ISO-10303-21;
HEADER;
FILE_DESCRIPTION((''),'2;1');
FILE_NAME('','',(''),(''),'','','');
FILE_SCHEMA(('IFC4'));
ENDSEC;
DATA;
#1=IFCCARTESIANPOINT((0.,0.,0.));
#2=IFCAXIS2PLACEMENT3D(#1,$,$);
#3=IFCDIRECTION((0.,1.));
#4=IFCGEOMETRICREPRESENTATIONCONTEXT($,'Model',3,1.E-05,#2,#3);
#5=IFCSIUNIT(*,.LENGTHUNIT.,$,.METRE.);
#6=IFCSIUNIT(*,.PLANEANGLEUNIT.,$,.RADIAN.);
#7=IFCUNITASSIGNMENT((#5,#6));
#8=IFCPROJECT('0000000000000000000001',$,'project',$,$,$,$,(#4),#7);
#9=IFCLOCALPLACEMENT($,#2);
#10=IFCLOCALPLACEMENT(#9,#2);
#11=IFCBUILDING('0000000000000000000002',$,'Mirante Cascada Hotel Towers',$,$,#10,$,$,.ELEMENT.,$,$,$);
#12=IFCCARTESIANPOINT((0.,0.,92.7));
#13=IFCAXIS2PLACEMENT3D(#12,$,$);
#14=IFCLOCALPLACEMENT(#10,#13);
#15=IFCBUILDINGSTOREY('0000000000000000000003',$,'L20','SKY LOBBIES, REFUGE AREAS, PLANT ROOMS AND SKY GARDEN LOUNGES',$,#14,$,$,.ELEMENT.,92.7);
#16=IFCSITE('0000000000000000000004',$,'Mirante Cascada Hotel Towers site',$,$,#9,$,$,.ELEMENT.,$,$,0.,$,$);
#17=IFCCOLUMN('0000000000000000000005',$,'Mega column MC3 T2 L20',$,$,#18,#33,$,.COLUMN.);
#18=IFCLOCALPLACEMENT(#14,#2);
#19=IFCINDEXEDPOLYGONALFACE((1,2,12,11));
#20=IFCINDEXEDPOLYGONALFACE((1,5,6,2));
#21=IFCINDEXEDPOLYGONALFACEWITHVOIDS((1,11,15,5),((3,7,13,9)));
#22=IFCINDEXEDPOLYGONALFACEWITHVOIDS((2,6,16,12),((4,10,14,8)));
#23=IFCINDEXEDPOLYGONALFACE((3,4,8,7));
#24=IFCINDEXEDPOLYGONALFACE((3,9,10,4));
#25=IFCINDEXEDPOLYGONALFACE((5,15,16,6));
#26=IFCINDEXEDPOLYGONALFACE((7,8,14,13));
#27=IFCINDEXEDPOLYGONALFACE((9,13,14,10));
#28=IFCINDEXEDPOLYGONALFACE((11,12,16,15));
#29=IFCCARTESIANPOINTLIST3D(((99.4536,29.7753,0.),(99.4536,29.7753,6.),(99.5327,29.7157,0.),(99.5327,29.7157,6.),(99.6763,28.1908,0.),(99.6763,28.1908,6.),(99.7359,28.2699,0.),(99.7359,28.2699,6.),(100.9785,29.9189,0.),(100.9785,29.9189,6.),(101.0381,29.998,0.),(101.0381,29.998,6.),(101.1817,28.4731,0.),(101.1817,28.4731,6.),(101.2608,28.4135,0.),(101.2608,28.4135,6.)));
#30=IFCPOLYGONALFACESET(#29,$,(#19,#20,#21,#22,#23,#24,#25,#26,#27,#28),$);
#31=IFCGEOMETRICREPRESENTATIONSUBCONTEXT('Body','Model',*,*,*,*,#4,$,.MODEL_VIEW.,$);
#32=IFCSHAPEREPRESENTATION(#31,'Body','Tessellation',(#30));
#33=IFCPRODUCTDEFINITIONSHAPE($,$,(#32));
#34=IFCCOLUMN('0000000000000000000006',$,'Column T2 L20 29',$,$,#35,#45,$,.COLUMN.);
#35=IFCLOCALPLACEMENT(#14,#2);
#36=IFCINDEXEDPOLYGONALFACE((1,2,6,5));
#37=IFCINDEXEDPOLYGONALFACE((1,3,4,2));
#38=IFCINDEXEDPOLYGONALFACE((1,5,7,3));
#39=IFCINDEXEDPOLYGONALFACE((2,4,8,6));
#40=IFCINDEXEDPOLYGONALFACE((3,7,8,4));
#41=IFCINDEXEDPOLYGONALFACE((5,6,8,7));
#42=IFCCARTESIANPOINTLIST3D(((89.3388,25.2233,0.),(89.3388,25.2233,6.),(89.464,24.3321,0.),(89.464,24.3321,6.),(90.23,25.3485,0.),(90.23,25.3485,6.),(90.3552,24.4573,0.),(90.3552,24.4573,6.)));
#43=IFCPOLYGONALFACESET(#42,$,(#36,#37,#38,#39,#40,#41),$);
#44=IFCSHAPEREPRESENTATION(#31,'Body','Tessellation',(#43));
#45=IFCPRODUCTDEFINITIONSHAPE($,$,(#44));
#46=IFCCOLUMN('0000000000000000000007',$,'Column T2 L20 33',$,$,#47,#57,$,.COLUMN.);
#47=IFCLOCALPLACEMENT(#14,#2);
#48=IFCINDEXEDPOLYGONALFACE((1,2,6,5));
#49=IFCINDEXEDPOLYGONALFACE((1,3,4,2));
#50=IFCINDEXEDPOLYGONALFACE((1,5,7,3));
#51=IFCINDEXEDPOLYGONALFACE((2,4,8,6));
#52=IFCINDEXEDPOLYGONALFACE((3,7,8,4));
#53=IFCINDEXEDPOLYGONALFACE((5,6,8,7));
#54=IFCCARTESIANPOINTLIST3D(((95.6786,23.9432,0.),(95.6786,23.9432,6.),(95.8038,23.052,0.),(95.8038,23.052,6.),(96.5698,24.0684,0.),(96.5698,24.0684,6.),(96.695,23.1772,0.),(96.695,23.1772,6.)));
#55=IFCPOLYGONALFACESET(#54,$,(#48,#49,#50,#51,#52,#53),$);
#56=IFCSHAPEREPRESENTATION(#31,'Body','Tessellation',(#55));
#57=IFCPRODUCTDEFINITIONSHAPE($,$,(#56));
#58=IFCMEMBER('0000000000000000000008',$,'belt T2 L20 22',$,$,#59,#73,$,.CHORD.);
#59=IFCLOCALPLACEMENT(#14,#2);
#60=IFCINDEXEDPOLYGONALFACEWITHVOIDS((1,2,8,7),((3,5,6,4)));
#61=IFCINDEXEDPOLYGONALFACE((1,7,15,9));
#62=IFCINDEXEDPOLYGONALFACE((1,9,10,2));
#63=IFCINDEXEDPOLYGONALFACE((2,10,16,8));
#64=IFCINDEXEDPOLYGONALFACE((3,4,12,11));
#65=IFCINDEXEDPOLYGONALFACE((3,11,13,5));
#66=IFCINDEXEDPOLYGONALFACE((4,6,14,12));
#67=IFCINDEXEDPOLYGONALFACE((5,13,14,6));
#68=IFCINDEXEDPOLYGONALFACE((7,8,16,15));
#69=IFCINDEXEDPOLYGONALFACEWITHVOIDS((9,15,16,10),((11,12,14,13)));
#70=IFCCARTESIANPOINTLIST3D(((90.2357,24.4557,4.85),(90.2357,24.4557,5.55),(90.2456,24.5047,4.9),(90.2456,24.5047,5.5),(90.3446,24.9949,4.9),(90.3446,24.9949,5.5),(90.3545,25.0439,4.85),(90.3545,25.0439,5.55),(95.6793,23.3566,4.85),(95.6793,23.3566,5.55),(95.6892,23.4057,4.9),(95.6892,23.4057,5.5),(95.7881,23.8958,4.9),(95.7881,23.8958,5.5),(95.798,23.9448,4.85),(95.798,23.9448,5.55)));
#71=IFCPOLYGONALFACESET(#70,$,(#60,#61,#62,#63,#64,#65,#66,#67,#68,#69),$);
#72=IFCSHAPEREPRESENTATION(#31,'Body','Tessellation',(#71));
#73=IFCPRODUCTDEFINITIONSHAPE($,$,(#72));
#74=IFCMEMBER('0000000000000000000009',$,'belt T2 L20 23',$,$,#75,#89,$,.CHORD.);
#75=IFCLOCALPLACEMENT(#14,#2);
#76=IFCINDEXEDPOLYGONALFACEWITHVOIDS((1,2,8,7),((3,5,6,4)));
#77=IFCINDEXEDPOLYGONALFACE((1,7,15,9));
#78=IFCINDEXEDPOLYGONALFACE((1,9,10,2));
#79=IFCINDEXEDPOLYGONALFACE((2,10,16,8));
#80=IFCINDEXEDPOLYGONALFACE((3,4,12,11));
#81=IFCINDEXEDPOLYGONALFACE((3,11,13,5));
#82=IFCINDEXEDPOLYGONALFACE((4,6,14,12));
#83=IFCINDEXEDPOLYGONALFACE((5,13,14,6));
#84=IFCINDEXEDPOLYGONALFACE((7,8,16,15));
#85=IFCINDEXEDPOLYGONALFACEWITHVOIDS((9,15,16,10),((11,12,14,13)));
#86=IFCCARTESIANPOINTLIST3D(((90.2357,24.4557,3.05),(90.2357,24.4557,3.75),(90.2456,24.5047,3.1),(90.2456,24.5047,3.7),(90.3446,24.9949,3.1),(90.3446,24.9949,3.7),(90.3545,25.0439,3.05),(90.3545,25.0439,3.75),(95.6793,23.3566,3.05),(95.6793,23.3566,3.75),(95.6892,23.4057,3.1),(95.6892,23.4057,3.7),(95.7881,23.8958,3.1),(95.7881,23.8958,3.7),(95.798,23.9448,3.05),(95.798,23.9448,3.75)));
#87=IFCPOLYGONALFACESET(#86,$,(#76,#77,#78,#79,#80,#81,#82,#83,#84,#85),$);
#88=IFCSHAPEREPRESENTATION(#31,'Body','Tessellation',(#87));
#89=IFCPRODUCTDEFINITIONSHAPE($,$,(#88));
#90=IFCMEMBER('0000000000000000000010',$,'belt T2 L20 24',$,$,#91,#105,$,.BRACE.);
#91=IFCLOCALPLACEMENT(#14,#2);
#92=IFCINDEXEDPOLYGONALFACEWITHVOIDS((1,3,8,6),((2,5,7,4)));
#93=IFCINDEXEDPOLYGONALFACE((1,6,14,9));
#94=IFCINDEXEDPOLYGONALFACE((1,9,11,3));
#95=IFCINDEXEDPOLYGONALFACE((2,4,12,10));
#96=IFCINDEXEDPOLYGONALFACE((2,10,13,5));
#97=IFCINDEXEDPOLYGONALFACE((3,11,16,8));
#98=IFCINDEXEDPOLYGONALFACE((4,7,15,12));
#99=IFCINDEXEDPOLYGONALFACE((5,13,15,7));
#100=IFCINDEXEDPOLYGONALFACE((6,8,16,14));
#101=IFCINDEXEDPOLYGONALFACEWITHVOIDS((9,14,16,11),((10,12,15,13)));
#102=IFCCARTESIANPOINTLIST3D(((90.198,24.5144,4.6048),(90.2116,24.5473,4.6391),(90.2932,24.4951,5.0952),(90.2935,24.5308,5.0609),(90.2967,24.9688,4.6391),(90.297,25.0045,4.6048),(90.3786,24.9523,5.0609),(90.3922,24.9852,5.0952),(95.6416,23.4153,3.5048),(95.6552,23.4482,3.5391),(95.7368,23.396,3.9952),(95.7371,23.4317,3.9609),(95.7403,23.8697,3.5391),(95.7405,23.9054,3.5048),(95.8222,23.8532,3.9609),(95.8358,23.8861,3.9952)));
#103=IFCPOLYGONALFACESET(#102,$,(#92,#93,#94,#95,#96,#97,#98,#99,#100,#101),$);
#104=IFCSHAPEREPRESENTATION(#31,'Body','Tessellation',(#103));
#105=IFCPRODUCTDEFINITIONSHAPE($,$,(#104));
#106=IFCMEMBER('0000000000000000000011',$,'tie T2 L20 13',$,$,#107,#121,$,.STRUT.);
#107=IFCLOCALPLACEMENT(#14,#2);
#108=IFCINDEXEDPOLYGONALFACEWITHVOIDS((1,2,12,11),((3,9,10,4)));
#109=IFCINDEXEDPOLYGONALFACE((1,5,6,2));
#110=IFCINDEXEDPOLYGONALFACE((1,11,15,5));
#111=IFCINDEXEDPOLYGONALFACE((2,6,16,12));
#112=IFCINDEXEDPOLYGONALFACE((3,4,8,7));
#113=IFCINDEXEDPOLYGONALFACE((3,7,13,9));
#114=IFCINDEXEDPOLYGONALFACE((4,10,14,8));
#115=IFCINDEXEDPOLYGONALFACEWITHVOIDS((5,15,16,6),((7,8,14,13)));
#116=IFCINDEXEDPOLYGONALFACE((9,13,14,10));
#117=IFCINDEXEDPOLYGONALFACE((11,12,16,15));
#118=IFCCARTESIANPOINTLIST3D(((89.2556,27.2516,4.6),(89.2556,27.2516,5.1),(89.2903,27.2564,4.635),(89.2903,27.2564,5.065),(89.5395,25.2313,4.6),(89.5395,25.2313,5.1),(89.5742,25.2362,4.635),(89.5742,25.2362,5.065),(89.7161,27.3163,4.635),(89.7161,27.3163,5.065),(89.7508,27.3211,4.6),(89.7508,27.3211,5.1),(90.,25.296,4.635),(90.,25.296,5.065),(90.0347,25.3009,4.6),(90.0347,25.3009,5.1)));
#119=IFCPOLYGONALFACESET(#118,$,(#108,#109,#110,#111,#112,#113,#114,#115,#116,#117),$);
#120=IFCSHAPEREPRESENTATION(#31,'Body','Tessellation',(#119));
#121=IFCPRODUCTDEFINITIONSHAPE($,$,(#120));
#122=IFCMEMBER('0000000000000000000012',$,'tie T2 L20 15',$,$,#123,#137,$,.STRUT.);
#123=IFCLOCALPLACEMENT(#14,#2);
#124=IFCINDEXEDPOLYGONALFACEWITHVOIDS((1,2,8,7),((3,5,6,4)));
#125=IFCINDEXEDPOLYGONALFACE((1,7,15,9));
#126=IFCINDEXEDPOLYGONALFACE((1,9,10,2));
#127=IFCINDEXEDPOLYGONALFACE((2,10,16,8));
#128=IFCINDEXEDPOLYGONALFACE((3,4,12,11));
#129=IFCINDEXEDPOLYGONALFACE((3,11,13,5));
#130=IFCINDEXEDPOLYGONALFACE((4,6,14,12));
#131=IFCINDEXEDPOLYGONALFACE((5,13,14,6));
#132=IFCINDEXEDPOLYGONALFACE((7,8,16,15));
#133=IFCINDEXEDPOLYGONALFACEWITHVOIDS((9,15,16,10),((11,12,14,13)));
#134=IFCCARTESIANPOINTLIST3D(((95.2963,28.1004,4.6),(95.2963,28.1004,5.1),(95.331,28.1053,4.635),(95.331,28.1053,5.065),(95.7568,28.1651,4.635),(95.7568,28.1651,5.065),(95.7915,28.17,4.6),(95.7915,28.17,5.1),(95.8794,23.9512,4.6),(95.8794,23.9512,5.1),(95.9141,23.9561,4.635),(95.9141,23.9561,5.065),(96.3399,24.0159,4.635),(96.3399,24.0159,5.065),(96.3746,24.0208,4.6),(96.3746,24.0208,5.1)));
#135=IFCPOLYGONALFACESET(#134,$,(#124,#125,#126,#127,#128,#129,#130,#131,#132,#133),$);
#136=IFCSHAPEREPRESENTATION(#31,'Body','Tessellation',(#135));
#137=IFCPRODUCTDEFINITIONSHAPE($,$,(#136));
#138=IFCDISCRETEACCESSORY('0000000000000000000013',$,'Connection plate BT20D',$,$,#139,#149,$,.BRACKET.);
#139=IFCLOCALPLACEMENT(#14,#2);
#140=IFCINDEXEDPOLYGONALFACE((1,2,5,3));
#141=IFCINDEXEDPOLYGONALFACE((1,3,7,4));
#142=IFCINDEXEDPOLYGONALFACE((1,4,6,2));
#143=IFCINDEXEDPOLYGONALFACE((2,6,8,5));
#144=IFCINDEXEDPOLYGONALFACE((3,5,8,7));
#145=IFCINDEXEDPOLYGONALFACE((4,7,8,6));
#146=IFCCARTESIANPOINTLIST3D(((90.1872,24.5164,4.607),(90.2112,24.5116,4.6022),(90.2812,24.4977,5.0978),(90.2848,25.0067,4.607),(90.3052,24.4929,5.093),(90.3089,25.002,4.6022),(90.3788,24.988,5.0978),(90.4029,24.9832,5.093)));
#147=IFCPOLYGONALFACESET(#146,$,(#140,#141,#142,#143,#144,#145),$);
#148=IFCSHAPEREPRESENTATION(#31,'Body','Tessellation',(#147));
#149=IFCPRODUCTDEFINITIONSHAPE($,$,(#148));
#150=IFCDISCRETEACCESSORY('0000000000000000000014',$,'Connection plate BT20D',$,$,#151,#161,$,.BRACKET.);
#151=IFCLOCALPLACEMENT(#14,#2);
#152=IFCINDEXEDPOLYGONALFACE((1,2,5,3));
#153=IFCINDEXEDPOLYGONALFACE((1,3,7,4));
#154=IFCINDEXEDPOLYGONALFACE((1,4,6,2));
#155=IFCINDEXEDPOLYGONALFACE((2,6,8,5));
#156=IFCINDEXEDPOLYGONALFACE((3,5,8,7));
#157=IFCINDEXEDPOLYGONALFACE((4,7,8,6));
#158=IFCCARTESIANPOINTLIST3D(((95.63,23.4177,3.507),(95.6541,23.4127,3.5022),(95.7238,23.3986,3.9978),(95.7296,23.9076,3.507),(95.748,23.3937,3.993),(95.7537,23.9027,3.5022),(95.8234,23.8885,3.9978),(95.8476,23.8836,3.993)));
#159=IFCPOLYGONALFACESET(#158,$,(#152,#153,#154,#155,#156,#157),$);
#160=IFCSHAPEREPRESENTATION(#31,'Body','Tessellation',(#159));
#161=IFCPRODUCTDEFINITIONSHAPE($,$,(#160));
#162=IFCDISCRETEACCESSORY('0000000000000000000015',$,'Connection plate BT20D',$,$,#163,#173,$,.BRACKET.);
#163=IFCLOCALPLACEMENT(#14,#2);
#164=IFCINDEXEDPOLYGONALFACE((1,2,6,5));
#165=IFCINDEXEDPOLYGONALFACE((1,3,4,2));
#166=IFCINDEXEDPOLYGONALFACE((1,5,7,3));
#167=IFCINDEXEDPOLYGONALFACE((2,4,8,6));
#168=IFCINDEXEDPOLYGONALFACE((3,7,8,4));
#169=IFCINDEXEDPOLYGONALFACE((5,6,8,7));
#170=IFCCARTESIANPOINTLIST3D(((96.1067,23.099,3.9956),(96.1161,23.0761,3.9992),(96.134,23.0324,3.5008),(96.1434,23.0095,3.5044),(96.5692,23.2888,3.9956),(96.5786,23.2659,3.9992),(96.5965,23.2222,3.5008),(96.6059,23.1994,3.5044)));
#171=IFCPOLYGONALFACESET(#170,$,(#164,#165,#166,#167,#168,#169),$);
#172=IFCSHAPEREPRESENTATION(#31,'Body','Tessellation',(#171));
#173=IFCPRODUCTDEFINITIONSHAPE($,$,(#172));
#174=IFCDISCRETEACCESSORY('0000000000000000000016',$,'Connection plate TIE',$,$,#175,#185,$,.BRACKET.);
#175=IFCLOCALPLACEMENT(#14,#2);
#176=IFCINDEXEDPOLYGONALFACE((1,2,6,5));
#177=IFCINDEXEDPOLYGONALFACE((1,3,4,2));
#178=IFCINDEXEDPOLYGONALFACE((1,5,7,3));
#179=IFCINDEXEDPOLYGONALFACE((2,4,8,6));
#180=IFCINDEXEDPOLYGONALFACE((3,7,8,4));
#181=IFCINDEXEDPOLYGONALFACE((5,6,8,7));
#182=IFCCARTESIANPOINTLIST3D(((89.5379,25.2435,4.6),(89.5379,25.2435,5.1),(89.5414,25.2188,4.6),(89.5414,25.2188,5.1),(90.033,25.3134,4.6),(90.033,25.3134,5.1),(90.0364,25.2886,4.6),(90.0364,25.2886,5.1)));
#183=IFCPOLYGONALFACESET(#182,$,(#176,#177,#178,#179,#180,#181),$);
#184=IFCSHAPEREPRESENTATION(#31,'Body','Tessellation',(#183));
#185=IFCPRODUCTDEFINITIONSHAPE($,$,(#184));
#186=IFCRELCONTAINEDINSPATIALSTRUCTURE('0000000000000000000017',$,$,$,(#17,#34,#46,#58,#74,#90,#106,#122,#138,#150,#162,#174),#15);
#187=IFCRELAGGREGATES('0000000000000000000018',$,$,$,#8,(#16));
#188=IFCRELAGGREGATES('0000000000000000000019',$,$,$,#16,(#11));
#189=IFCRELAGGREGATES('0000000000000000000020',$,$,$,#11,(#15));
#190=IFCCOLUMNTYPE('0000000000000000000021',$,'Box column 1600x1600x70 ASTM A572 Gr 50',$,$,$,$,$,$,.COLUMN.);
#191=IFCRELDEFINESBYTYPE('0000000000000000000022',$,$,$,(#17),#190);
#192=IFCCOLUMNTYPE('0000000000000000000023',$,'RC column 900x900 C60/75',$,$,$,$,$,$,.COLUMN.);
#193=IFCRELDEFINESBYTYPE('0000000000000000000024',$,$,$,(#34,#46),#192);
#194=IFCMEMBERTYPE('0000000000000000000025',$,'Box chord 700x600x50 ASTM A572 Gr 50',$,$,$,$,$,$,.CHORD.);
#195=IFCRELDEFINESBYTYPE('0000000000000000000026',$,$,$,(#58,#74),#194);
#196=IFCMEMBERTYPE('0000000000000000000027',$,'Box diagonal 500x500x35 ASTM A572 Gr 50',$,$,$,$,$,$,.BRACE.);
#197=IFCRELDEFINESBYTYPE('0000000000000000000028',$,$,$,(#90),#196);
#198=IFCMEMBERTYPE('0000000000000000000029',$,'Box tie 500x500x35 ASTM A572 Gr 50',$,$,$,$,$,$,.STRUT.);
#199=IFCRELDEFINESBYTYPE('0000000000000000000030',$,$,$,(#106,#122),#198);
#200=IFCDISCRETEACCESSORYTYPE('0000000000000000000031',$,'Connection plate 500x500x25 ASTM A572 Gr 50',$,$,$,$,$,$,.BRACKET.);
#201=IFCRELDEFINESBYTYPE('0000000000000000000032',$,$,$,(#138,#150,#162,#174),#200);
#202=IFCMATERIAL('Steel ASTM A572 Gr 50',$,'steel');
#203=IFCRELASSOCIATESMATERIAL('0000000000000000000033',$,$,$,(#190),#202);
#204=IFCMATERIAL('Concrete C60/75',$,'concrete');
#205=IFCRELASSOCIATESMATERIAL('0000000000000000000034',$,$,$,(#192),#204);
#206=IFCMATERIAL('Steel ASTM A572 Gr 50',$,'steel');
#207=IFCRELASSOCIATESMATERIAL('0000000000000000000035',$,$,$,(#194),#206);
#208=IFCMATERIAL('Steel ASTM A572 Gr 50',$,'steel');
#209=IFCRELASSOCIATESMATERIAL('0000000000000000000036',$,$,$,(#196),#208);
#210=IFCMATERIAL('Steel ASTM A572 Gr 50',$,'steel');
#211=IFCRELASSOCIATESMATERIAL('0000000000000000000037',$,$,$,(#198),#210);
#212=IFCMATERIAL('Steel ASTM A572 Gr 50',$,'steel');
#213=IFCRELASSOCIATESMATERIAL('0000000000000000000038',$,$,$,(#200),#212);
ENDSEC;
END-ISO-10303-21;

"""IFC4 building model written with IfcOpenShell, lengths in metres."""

from ifc_helpers import new_model, si_unit, direction, frame, origin, origin_2d, place, context, subcontext, project, spatial, rectangle, hollow_rectangle, extrude, material, material_profile, profile_set, type_object, element, save


model = new_model("IFC4")

# Units and contexts
model_context = context("Model", 3, precision=1e-05, world=origin(), true_north=direction((0.0, 1.0)))
body_context = subcontext(model_context, "Body", "Model", "MODEL_VIEW")
ifc_project = project(units=[si_unit("LENGTHUNIT", "METRE"), si_unit("PLANEANGLEUNIT", "RADIAN")], contexts=[model_context])

# Site, building, storey
site_placement = place(None, origin())
site = spatial("IfcSite", under=ifc_project, at=site_placement, Name="Mirante Cascada Hotel Towers site", CompositionType="ELEMENT", RefElevation=0.0)
building_placement = place(site_placement, origin())
building = spatial("IfcBuilding", under=site, at=building_placement, Name="Mirante Cascada Hotel Towers", CompositionType="ELEMENT")
storey_placement = place(building_placement, frame((0.0, 0.0, 92.7)))
storey = spatial("IfcBuildingStorey", under=building, at=storey_placement, Name="L20", Description="SKY LOBBIES, REFUGE AREAS, PLANT ROOMS AND SKY GARDEN LOUNGES", CompositionType="ELEMENT", Elevation=92.7)

# Columns
ifc_material_1 = material(Name="Steel ASTM A572 Gr 50", Category="steel")
ifc_material_profile_1 = material_profile(ifc_material_1, hollow_rectangle(XDim=1.6, YDim=1.6, WallThickness=0.07, at=origin_2d()), Name="Box column 1600x1600x70 ASTM A572 Gr 50")
ifc_profile_set_1 = profile_set([ifc_material_profile_1], Name="Steel ASTM A572 Gr 50")
column_type_1 = type_object("IfcColumnType", Name="Box column 1600x1600x70 ASTM A572 Gr 50", PredefinedType="COLUMN", material=ifc_profile_set_1)
column_placement = place(storey_placement, frame((100.3572, 29.0944, 0.0), z_axis=(0.0, 0.0, 1.0), x_axis=(0.990268, 0.139173, 0.0)))
element("IfcColumn", 1, at=column_placement, inside=storey, type_object=column_type_1, Name="Mega column MC3 T2 L20", PredefinedType="COLUMN", context=body_context, shape_type="SweptSolid", body=[
    extrude(hollow_rectangle(XDim=1.6, YDim=1.6, WallThickness=0.07, at=origin_2d()), origin(), (0.0, 0.0, 1.0), 6.0),
])
ifc_material_2 = material(Name="Concrete C60/75", Category="concrete")
ifc_material_profile_2 = material_profile(ifc_material_2, rectangle(XDim=0.9, YDim=0.9, at=origin_2d()), Name="RC column 900x900 C60/75")
ifc_profile_set_2 = profile_set([ifc_material_profile_2], Name="Concrete C60/75")
column_type_2 = type_object("IfcColumnType", Name="RC column 900x900 C60/75", PredefinedType="COLUMN", material=ifc_profile_set_2)
for number, where, z_axis, x_axis, name in (
    (2, (89.847, 24.8403, 0.0), (0.0, 0.0, 1.0), (0.990268, 0.139173, 0.0), "Column T2 L20 29"),
    (3, (96.1868, 23.5602, 0.0), (0.0, 0.0, 1.0), (0.990268, 0.139173, 0.0), "Column T2 L20 33"),
):
    element("IfcColumn", number, at=place(storey_placement, frame(where, z_axis=z_axis, x_axis=x_axis)), inside=storey, type_object=column_type_2, Name=name, PredefinedType="COLUMN", context=body_context, shape_type="SweptSolid", body=[
        extrude(rectangle(XDim=0.9, YDim=0.9, at=origin_2d()), origin(), (0.0, 0.0, 1.0), 6.0),
    ])

# Members
ifc_material_3 = material(Name="Steel ASTM A572 Gr 50", Category="steel")
ifc_material_profile_3 = material_profile(ifc_material_3, hollow_rectangle(XDim=0.6, YDim=0.7, WallThickness=0.05, at=origin_2d()), Name="Box chord 700x600x50 ASTM A572 Gr 50")
ifc_profile_set_3 = profile_set([ifc_material_profile_3], Name="Steel ASTM A572 Gr 50")
member_type_1 = type_object("IfcMemberType", Name="Box chord 700x600x50 ASTM A572 Gr 50", PredefinedType="CHORD", material=ifc_profile_set_3)
for number, where, z_axis, x_axis, name in (
    (4, (90.2951, 24.7498, 5.2), (0.98022, -0.197913, 0.0), (0.197913, 0.98022, 0.0), "belt T2 L20 22"),
    (5, (90.2951, 24.7498, 3.4), (0.98022, -0.197913, 0.0), (0.197913, 0.98022, 0.0), "belt T2 L20 23"),
):
    element("IfcMember", number, at=place(storey_placement, frame(where, z_axis=z_axis, x_axis=x_axis)), inside=storey, type_object=member_type_1, Name=name, PredefinedType="CHORD", context=body_context, shape_type="SweptSolid", body=[
        extrude(hollow_rectangle(XDim=0.6, YDim=0.7, WallThickness=0.05, at=origin_2d()), origin(), (0.0, 0.0, 1.0), 5.5534),
    ])
ifc_material_4 = material(Name="Steel ASTM A572 Gr 50", Category="steel")
ifc_material_profile_4 = material_profile(ifc_material_4, hollow_rectangle(XDim=0.5, YDim=0.5, WallThickness=0.035, at=origin_2d()), Name="Box diagonal 500x500x35 ASTM A572 Gr 50")
ifc_profile_set_4 = profile_set([ifc_material_profile_4], Name="Steel ASTM A572 Gr 50")
member_type_2 = type_object("IfcMemberType", Name="Box diagonal 500x500x35 ASTM A572 Gr 50", PredefinedType="BRACE", material=ifc_profile_set_4)
member_1_placement = place(storey_placement, frame((90.2951, 24.7498, 4.85), z_axis=(0.961539, -0.194141, -0.1943), x_axis=(0.197913, 0.98022, 0.0)))
element("IfcMember", 6, at=member_1_placement, inside=storey, type_object=member_type_2, Name="belt T2 L20 24", PredefinedType="BRACE", context=body_context, shape_type="SweptSolid", body=[
    extrude(hollow_rectangle(XDim=0.5, YDim=0.5, WallThickness=0.035, at=origin_2d()), origin(), (0.0, 0.0, 1.0), 5.6613),
])
ifc_material_5 = material(Name="Steel ASTM A572 Gr 50", Category="steel")
ifc_material_profile_5 = material_profile(ifc_material_5, hollow_rectangle(XDim=0.5, YDim=0.5, WallThickness=0.035, at=origin_2d()), Name="Box tie 500x500x35 ASTM A572 Gr 50")
ifc_profile_set_5 = profile_set([ifc_material_profile_5], Name="Steel ASTM A572 Gr 50")
member_type_3 = type_object("IfcMemberType", Name="Box tie 500x500x35 ASTM A572 Gr 50", PredefinedType="STRUT", material=ifc_profile_set_5)
member_2_placement = place(storey_placement, frame((89.7871, 25.2661, 4.85), z_axis=(-0.139163, 0.99027, 0.0), x_axis=(-0.99027, -0.139163, 0.0)))
element("IfcMember", 7, at=member_2_placement, inside=storey, type_object=member_type_3, Name="tie T2 L20 13", PredefinedType="STRUT", context=body_context, shape_type="SweptSolid", body=[
    extrude(hollow_rectangle(XDim=0.5, YDim=0.5, WallThickness=0.035, at=origin_2d()), origin(), (0.0, 0.0, 1.0), 2.0401),
])
member_3_placement = place(storey_placement, frame((96.127, 23.986, 4.85), z_axis=(-0.139166, 0.990269, 0.0), x_axis=(-0.990269, -0.139166, 0.0)))
element("IfcMember", 8, at=member_3_placement, inside=storey, type_object=member_type_3, Name="tie T2 L20 15", PredefinedType="STRUT", context=body_context, shape_type="SweptSolid", body=[
    extrude(hollow_rectangle(XDim=0.5, YDim=0.5, WallThickness=0.035, at=origin_2d()), origin(), (0.0, 0.0, 1.0), 4.19),
])

# Discrete accessories
ifc_material_6 = material(Name="Steel ASTM A572 Gr 50", Category="steel")
ifc_material_profile_6 = material_profile(ifc_material_6, rectangle(XDim=0.5, YDim=0.5, at=origin_2d()), Name="Connection plate 500x500x25 ASTM A572 Gr 50")
ifc_profile_set_6 = profile_set([ifc_material_profile_6], Name="Steel ASTM A572 Gr 50")
discrete_accessory_type_1 = type_object("IfcDiscreteAccessoryType", Name="Connection plate 500x500x25 ASTM A572 Gr 50", PredefinedType="BRACKET", material=ifc_profile_set_6)
discrete_accessory_1_placement = place(storey_placement, frame((90.283, 24.7522, 4.8524), z_axis=(0.962546, -0.19171, -0.19171), x_axis=(0.195333, 0.980737, 0.0)))
element("IfcDiscreteAccessory", 9, at=discrete_accessory_1_placement, inside=storey, type_object=discrete_accessory_type_1, Name="Connection plate BT20D", PredefinedType="BRACKET", context=body_context, shape_type="SweptSolid", body=[
    extrude(rectangle(XDim=0.5, YDim=0.5, at=origin_2d()), origin(), (0.0, 0.0, 1.0), 0.025),
])
discrete_accessory_2_placement = place(storey_placement, frame((95.7267, 23.6531, 3.7524), z_axis=(0.961802, -0.195553, -0.191562), x_axis=(0.199243, 0.97995, 0.0)))
element("IfcDiscreteAccessory", 10, at=discrete_accessory_2_placement, inside=storey, type_object=discrete_accessory_type_1, Name="Connection plate BT20D", PredefinedType="BRACKET", context=body_context, shape_type="SweptSolid", body=[
    extrude(rectangle(XDim=0.5, YDim=0.5, at=origin_2d()), origin(), (0.0, 0.0, 1.0), 0.0251),
])
for number, where, z_axis, x_axis, name in (
    (11, (96.3516, 23.1606, 3.7482), (0.375781, -0.915466, 0.143916), (0.925096, 0.379734, 0.0), "Connection plate BT20D"),
    (12, (89.7889, 25.2537, 4.85), (-0.139744, 0.990188, 0.0), (-0.990188, -0.139744, 0.0), "Connection plate TIE"),
):
    element("IfcDiscreteAccessory", number, at=place(storey_placement, frame(where, z_axis=z_axis, x_axis=x_axis)), inside=storey, type_object=discrete_accessory_type_1, Name=name, PredefinedType="BRACKET", context=body_context, shape_type="SweptSolid", body=[
        extrude(rectangle(XDim=0.5, YDim=0.5, at=origin_2d()), origin(), (0.0, 0.0, 1.0), 0.025),
    ])

save(model, "model.ifc")
